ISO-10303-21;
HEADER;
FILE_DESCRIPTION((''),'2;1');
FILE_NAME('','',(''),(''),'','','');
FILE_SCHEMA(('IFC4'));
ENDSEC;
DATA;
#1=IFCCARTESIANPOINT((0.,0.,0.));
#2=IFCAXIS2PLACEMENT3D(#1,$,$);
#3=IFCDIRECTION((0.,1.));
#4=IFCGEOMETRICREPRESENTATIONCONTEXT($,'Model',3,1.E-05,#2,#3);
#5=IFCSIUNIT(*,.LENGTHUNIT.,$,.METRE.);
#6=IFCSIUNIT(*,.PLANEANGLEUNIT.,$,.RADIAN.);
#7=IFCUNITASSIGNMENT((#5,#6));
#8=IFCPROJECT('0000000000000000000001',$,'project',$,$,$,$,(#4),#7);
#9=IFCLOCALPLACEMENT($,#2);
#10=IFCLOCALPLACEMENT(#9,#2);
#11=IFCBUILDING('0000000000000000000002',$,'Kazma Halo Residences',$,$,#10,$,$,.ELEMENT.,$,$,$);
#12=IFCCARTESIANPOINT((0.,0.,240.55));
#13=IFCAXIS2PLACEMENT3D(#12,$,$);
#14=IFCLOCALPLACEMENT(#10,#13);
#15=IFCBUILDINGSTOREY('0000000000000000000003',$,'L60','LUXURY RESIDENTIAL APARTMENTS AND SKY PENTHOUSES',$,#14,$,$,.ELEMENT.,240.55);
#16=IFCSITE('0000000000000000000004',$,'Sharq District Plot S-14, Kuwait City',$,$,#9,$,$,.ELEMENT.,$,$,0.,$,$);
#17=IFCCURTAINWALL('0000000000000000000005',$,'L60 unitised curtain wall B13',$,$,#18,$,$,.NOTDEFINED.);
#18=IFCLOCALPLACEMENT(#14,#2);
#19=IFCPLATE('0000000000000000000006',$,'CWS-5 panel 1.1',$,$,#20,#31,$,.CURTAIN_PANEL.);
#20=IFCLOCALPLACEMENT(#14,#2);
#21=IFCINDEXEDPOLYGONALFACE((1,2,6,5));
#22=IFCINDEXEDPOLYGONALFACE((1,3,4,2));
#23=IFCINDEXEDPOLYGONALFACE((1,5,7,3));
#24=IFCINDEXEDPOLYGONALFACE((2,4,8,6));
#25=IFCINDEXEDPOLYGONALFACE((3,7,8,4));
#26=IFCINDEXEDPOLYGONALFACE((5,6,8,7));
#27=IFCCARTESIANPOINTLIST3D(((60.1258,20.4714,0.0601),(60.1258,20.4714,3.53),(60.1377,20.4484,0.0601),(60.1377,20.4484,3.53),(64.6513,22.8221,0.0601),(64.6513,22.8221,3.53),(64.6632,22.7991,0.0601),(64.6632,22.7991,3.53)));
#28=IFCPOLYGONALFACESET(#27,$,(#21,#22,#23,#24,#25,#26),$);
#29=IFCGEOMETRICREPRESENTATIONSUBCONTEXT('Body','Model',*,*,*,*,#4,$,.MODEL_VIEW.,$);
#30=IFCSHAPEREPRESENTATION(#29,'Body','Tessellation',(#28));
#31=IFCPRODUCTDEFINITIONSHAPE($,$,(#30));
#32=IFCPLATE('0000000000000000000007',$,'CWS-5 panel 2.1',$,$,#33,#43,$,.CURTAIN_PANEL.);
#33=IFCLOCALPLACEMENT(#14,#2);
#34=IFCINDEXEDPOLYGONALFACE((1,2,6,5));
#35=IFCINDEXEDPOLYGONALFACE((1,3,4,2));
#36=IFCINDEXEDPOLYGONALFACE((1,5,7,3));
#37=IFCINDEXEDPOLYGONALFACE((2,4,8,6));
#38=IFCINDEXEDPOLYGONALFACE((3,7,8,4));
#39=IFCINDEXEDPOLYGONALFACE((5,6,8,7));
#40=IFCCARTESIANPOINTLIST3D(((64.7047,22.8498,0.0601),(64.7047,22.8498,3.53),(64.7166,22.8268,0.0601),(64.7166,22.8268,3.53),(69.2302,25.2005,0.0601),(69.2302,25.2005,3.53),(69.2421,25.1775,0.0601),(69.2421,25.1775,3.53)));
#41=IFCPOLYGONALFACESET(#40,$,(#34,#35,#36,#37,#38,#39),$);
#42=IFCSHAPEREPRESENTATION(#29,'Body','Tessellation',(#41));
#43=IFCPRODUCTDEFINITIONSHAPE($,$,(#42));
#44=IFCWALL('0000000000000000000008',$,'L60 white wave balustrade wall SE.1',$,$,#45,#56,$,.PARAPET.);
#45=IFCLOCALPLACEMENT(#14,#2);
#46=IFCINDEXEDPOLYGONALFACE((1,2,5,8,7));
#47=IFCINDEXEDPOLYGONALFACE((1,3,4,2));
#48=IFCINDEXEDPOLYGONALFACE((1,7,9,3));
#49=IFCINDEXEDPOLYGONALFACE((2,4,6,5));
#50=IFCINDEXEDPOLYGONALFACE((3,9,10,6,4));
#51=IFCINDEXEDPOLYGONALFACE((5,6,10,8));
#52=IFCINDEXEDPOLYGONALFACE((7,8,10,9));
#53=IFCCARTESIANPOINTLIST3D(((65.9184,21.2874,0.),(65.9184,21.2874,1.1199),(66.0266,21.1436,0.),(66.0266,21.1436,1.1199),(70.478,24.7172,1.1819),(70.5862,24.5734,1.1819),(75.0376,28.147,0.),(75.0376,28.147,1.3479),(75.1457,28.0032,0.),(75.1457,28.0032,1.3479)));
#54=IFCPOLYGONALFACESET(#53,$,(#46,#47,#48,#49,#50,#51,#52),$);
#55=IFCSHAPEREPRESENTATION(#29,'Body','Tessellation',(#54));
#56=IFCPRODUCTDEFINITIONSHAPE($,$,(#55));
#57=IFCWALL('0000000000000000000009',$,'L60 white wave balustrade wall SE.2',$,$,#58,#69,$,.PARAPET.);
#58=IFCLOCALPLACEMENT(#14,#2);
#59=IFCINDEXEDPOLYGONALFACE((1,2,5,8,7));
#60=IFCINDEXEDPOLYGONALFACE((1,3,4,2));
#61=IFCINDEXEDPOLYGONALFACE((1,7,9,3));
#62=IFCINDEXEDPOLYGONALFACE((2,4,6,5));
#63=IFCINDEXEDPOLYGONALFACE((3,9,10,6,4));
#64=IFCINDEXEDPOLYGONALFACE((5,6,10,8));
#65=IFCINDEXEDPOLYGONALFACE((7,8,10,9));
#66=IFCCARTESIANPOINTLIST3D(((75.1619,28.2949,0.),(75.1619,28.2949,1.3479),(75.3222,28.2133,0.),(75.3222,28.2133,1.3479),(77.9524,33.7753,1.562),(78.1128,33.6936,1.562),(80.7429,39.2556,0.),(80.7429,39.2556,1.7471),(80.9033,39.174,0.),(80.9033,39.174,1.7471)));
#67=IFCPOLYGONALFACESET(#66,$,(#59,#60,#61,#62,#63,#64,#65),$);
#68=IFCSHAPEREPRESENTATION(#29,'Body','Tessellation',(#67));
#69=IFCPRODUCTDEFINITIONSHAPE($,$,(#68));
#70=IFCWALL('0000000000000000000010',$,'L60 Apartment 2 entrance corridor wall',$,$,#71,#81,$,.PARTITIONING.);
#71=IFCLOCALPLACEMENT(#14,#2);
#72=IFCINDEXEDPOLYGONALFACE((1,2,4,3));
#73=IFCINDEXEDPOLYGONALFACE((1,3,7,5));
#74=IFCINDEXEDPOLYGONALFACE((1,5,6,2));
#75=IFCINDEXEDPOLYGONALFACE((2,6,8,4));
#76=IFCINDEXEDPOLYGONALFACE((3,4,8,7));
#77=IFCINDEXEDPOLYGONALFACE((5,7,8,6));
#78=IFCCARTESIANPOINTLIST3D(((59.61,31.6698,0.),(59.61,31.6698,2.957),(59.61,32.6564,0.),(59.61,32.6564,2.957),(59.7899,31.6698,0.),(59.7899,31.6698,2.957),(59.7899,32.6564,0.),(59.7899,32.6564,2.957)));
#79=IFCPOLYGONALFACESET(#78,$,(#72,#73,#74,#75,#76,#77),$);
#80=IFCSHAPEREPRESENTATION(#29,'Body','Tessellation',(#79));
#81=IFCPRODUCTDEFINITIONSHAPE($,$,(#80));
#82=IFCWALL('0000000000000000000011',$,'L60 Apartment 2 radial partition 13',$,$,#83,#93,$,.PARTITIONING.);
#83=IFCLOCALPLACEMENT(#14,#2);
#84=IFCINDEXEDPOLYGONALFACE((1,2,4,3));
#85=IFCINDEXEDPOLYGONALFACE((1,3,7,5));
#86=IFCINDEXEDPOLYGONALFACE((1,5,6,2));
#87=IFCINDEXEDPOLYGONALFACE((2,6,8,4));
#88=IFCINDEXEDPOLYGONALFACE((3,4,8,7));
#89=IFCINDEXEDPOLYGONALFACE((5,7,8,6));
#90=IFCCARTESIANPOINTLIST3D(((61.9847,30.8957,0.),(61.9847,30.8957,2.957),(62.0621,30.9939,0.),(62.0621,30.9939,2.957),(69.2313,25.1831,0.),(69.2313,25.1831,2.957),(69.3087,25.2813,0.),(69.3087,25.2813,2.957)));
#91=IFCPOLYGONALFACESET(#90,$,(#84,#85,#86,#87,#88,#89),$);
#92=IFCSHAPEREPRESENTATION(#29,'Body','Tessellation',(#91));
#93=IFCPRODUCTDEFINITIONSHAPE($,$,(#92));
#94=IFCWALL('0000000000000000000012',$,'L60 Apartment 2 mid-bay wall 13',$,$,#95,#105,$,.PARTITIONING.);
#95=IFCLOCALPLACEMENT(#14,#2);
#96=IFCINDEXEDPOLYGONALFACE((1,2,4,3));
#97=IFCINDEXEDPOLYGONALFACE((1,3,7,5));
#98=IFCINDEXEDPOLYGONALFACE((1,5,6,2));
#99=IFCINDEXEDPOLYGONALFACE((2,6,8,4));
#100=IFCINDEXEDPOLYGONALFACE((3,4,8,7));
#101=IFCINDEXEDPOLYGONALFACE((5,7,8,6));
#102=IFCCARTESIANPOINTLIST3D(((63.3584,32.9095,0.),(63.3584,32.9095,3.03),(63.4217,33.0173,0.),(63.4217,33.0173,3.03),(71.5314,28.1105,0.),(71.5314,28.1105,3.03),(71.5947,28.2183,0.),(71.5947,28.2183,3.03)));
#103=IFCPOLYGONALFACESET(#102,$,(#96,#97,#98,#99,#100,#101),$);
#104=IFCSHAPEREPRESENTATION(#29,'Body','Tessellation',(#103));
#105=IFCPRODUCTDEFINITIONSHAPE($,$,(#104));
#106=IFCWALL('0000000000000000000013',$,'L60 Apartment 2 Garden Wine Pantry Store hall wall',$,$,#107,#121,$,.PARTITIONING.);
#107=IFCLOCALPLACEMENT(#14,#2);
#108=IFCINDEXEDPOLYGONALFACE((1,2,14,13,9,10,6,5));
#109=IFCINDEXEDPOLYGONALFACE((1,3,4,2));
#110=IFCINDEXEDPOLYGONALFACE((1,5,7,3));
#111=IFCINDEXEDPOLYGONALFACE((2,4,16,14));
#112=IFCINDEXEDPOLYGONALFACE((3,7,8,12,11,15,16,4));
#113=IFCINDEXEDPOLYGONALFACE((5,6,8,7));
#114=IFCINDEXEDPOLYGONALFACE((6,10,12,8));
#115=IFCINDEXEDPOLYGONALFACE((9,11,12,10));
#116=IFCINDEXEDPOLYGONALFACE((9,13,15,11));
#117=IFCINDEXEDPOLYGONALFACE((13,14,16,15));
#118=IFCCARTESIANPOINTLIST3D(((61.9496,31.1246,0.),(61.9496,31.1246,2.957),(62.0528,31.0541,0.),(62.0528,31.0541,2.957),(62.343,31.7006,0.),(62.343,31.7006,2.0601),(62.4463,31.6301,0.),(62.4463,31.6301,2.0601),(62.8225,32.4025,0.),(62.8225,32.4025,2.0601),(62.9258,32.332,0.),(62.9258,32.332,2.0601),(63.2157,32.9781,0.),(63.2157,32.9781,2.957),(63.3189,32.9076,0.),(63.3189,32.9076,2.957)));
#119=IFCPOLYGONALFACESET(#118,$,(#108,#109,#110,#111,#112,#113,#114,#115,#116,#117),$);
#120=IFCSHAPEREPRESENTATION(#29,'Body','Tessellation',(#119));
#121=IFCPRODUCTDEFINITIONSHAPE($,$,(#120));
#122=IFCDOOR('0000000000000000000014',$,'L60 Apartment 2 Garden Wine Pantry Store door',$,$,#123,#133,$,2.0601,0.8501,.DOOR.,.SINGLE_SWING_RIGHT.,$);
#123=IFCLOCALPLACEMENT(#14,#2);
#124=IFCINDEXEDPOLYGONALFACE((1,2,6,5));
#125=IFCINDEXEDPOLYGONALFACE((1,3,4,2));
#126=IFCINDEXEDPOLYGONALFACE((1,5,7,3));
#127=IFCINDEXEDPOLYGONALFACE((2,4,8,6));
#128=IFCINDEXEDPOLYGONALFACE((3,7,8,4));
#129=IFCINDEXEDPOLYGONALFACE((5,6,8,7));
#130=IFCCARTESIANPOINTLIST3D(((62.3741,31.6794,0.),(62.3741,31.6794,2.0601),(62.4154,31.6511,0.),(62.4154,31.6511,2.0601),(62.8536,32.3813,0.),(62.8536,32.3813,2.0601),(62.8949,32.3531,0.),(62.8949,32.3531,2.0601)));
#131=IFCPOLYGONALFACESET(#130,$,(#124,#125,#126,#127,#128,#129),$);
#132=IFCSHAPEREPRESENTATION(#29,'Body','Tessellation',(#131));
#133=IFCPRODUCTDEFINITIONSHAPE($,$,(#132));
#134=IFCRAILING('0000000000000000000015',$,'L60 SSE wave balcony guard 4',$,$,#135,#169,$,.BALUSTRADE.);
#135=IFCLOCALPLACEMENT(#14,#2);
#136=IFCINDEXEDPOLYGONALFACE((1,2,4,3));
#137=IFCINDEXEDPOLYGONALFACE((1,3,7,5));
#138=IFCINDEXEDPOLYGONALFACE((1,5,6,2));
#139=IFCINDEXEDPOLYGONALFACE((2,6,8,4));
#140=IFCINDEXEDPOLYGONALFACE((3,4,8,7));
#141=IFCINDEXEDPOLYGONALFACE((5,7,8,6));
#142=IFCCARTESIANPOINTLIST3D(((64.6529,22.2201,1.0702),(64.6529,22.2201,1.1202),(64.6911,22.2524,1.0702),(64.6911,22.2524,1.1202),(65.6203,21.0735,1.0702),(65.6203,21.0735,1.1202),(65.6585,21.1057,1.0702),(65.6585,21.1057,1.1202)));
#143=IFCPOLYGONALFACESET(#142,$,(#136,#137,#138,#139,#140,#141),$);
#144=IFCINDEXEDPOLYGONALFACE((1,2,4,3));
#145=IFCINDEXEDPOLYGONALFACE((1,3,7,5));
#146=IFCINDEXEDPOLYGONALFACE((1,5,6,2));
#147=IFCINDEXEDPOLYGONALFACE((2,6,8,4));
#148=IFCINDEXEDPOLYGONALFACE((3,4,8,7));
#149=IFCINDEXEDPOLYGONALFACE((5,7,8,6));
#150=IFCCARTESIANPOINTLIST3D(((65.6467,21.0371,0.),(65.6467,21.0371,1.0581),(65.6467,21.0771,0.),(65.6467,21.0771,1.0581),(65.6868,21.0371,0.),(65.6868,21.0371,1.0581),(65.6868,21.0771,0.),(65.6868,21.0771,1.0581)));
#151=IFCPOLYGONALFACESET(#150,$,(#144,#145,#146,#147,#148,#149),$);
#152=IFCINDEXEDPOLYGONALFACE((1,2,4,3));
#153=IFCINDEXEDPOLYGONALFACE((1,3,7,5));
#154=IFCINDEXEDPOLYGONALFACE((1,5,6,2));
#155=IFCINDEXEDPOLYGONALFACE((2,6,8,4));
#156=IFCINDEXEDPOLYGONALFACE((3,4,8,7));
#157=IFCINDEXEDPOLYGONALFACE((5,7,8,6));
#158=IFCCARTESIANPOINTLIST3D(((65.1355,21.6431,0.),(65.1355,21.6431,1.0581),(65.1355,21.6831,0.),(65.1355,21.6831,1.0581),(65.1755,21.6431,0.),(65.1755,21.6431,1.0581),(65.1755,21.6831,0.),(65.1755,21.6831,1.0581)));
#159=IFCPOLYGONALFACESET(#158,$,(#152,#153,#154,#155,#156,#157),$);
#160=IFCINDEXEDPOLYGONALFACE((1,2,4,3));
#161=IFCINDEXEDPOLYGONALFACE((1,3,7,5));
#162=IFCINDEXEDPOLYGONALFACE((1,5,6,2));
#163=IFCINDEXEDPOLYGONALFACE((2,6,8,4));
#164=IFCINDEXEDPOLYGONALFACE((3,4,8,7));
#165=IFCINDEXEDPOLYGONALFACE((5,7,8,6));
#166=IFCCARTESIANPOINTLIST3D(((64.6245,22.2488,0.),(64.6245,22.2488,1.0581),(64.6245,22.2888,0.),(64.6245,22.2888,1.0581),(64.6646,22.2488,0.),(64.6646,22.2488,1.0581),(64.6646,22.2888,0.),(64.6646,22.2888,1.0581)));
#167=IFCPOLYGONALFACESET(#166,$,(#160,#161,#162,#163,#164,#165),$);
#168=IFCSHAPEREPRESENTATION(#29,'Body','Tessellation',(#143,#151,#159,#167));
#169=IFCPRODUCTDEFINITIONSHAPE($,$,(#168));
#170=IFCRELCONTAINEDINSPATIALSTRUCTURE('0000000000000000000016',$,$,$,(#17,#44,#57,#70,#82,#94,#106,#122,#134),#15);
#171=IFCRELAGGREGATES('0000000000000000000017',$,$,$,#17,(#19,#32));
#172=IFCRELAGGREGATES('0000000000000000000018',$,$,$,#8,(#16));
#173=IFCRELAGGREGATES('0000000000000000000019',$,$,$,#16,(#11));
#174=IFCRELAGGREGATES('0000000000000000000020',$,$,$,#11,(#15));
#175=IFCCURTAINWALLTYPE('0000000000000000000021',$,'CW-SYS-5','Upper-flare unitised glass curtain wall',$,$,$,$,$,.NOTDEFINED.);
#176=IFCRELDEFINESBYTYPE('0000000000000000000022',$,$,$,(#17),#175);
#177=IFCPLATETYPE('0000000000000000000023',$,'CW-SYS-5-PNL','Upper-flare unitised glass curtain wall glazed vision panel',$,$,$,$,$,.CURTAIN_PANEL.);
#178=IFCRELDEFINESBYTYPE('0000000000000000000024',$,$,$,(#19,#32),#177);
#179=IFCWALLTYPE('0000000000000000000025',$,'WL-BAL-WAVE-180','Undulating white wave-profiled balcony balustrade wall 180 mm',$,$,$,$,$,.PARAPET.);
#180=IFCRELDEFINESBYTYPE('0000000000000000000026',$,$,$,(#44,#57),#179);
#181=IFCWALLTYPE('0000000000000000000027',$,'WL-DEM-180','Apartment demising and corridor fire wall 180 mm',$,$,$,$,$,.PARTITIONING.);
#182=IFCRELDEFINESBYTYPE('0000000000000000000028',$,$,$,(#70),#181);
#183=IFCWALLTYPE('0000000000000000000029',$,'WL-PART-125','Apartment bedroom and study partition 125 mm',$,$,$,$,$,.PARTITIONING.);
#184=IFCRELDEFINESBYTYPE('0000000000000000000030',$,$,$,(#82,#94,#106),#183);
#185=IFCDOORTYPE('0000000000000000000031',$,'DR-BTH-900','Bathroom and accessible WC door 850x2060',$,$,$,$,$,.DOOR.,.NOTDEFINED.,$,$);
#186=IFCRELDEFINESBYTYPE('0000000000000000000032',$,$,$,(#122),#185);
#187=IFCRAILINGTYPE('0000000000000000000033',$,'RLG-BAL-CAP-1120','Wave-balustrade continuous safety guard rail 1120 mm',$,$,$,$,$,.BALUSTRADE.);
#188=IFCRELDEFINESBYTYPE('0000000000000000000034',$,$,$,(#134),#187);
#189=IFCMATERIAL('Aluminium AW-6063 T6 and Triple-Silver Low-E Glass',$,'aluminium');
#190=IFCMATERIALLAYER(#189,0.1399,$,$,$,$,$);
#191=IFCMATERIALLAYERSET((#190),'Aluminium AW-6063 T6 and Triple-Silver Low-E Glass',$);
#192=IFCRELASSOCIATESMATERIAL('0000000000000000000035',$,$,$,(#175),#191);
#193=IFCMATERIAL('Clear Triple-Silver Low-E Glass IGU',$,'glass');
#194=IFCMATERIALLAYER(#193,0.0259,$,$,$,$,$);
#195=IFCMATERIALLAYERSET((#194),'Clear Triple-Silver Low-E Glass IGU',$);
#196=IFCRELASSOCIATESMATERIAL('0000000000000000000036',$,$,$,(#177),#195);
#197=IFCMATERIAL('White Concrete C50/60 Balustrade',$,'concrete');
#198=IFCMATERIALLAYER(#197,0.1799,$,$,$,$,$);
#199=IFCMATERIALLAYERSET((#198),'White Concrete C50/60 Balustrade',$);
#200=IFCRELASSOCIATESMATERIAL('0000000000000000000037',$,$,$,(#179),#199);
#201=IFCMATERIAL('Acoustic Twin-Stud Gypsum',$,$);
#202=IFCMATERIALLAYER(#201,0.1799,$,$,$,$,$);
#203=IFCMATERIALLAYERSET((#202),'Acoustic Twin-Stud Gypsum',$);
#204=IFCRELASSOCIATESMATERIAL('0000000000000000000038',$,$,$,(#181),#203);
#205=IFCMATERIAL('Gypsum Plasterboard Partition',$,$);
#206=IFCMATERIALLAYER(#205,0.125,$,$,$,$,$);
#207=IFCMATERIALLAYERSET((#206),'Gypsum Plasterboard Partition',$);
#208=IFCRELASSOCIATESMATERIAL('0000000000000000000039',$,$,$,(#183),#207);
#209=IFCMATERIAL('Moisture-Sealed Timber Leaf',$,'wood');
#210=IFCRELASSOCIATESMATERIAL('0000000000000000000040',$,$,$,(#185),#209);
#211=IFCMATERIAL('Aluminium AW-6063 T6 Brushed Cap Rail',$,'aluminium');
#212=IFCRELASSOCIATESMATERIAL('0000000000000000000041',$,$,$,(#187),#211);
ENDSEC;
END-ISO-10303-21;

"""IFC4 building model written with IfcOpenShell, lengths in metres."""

from ifc_helpers import new_model, si_unit, direction, frame, frame_2d, origin, origin_2d, place, context, subcontext, project, spatial, polyline, rectangle, outline, extrude, material, layer, layer_set, type_object, element, fill, aggregate, save


model = new_model("IFC4")

# Units and contexts
model_context = context("Model", 3, precision=1e-05, world=origin(), true_north=direction((0.0, 1.0)))
body_context = subcontext(model_context, "Body", "Model", "MODEL_VIEW")
ifc_project = project(units=[si_unit("LENGTHUNIT", "METRE"), si_unit("PLANEANGLEUNIT", "RADIAN")], contexts=[model_context])

# Site, building, storey
site_placement = place(None, origin())
site = spatial("IfcSite", under=ifc_project, at=site_placement, Name="Sharq District Plot S-14, Kuwait City", CompositionType="ELEMENT", RefElevation=0.0)
building_placement = place(site_placement, origin())
building = spatial("IfcBuilding", under=site, at=building_placement, Name="Kazma Halo Residences", CompositionType="ELEMENT")
storey_placement = place(building_placement, frame((0.0, 0.0, 240.55)))
storey = spatial("IfcBuildingStorey", under=building, at=storey_placement, Name="L60", Description="LUXURY RESIDENTIAL APARTMENTS AND SKY PENTHOUSES", CompositionType="ELEMENT", Elevation=240.55)

# Curtain wall, plates
ifc_material_1 = material(Name="Aluminium AW-6063 T6 and Triple-Silver Low-E Glass", Category="aluminium")
ifc_layer_1 = layer(ifc_material_1, 0.1399)
ifc_layer_set_1 = layer_set([ifc_layer_1], Name="Aluminium AW-6063 T6 and Triple-Silver Low-E Glass")
curtain_wall_type = type_object("IfcCurtainWallType", Name="CW-SYS-5", Description="Upper-flare unitised glass curtain wall", PredefinedType="NOTDEFINED", material=ifc_layer_set_1)
curtain_wall_placement = place(storey_placement, origin())
curtain_wall = element("IfcCurtainWall", 1, at=curtain_wall_placement, inside=storey, type_object=curtain_wall_type, Name="L60 unitised curtain wall B13", PredefinedType="NOTDEFINED")
ifc_material_2 = material(Name="Clear Triple-Silver Low-E Glass IGU", Category="glass")
ifc_layer_2 = layer(ifc_material_2, 0.0259)
ifc_layer_set_2 = layer_set([ifc_layer_2], Name="Clear Triple-Silver Low-E Glass IGU")
plate_type = type_object("IfcPlateType", Name="CW-SYS-5-PNL", Description="Upper-flare unitised glass curtain wall glazed vision panel", PredefinedType="CURTAIN_PANEL", material=ifc_layer_set_2)
plate_1_placement = place(storey_placement, frame((62.3945, 21.6353, 0.0601), z_axis=(0.0, 0.0, 1.0), x_axis=(0.887421, 0.460961, 0.0)))
plate_1 = element("IfcPlate", 2, at=plate_1_placement, type_object=plate_type, Name="CWS-5 panel 1.1", PredefinedType="CURTAIN_PANEL", context=body_context, shape_type="SweptSolid", body=[
    extrude(rectangle(XDim=5.0996, YDim=0.0259, at=origin_2d()), origin(), (0.0, 0.0, 1.0), 3.47),
])
plate_2_placement = place(storey_placement, frame((66.9734, 24.0137, 0.0601), z_axis=(0.0, 0.0, 1.0), x_axis=(0.887421, 0.460961, 0.0)))
plate_2 = element("IfcPlate", 3, at=plate_2_placement, type_object=plate_type, Name="CWS-5 panel 2.1", PredefinedType="CURTAIN_PANEL", context=body_context, shape_type="SweptSolid", body=[
    extrude(rectangle(XDim=5.0996, YDim=0.0259, at=origin_2d()), origin(), (0.0, 0.0, 1.0), 3.47),
])
aggregate(curtain_wall, [plate_1, plate_2])

# Walls
ifc_material_3 = material(Name="White Concrete C50/60 Balustrade", Category="concrete")
ifc_layer_3 = layer(ifc_material_3, 0.1799)
ifc_layer_set_3 = layer_set([ifc_layer_3], Name="White Concrete C50/60 Balustrade")
wall_type_1 = type_object("IfcWallType", Name="WL-BAL-WAVE-180", Description="Undulating white wave-profiled balcony balustrade wall 180 mm", PredefinedType="PARAPET", material=ifc_layer_set_3)
wall_1_placement = place(storey_placement, frame((65.9724, 21.2156, 0.0), z_axis=(0.0, 0.0, 1.0), x_axis=(0.799147, 0.601136, 0.0)))
element("IfcWall", 4, at=wall_1_placement, inside=storey, type_object=wall_type_1, Name="L60 white wave balustrade wall SE.1", PredefinedType="PARAPET", context=body_context, shape_type="SweptSolid", body=[
    extrude(outline(polyline([(0.0, 0.0), (11.4111, 0.0), (11.4111, 1.3479), (5.7056, 1.1819), (0.0, 1.1199), (0.0, 0.0)])), frame((0.0, 0.0898, 0.0), z_axis=(0.0, -1.0, 0.0), x_axis=(1.0, 0.0, 0.0)), (0.0, 0.0, 1.0), 0.1799),
])
wall_2_placement = place(storey_placement, frame((75.2419, 28.2542, 0.0), z_axis=(0.0, 0.0, 1.0), x_axis=(0.453752, 0.891128, 0.0)))
element("IfcWall", 5, at=wall_2_placement, inside=storey, type_object=wall_type_1, Name="L60 white wave balustrade wall SE.2", PredefinedType="PARAPET", context=body_context, shape_type="SweptSolid", body=[
    extrude(outline(polyline([(0.0, 0.0), (12.2998, 0.0), (12.2998, 1.7471), (6.1499, 1.562), (0.0, 1.3479), (0.0, 0.0)])), frame((0.0, 0.0898, 0.0), z_axis=(0.0, -1.0, 0.0), x_axis=(1.0, 0.0, 0.0)), (0.0, 0.0, 1.0), 0.1799),
])
ifc_material_4 = material(Name="Acoustic Twin-Stud Gypsum")
ifc_layer_4 = layer(ifc_material_4, 0.1799)
ifc_layer_set_4 = layer_set([ifc_layer_4], Name="Acoustic Twin-Stud Gypsum")
wall_type_2 = type_object("IfcWallType", Name="WL-DEM-180", Description="Apartment demising and corridor fire wall 180 mm", PredefinedType="PARTITIONING", material=ifc_layer_set_4)
wall_3_placement = place(storey_placement, frame((59.7, 31.6699, 0.0), z_axis=(0.0, 0.0, 1.0), x_axis=(0.0, 1.0, 0.0)))
element("IfcWall", 6, at=wall_3_placement, inside=storey, type_object=wall_type_2, Name="L60 Apartment 2 entrance corridor wall", PredefinedType="PARTITIONING", context=body_context, shape_type="SweptSolid", body=[
    extrude(rectangle(XDim=0.9866, YDim=0.1799, at=frame_2d((0.4932, 0.0))), origin(), (0.0, 0.0, 1.0), 2.957),
])

# Walls
ifc_material_5 = material(Name="Gypsum Plasterboard Partition")
ifc_layer_5 = layer(ifc_material_5, 0.125)
ifc_layer_set_5 = layer_set([ifc_layer_5], Name="Gypsum Plasterboard Partition")
wall_type_3 = type_object("IfcWallType", Name="WL-PART-125", Description="Apartment bedroom and study partition 125 mm", PredefinedType="PARTITIONING", material=ifc_layer_set_5)
wall_4_placement = place(storey_placement, frame((62.0234, 30.9448, 0.0), z_axis=(0.0, 0.0, 1.0), x_axis=(0.785322, -0.619087, 0.0)))
element("IfcWall", 7, at=wall_4_placement, inside=storey, type_object=wall_type_3, Name="L60 Apartment 2 radial partition 13", PredefinedType="PARTITIONING", context=body_context, shape_type="SweptSolid", body=[
    extrude(rectangle(XDim=9.2275, YDim=0.125, at=frame_2d((4.6138, 0.0))), origin(), (0.0, 0.0, 1.0), 2.957),
])
wall_5_placement = place(storey_placement, frame((63.3901, 32.9634, 0.0), z_axis=(0.0, 0.0, 1.0), x_axis=(0.862332, -0.506343, 0.0)))
element("IfcWall", 8, at=wall_5_placement, inside=storey, type_object=wall_type_3, Name="L60 Apartment 2 mid-bay wall 13", PredefinedType="PARTITIONING", context=body_context, shape_type="SweptSolid", body=[
    extrude(rectangle(XDim=9.4778, YDim=0.125, at=frame_2d((4.7388, 0.0))), origin(), (0.0, 0.0, 1.0), 3.03),
])

# Wall, opening, door
wall_6_placement = place(storey_placement, frame((62.0012, 31.0894, 0.0), z_axis=(0.0, 0.0, 1.0), x_axis=(0.564052, 0.825739, 0.0)))
wall_6 = element("IfcWall", 9, at=wall_6_placement, inside=storey, type_object=wall_type_3, Name="L60 Apartment 2 Garden Wine Pantry Store hall wall", PredefinedType="PARTITIONING", context=body_context, shape_type="SweptSolid", body=[
    extrude(rectangle(XDim=2.2446, YDim=0.125, at=frame_2d((1.1223, 0.0))), origin(), (0.0, 0.0, 1.0), 2.957),
])
opening_1_placement = place(wall_6_placement, frame((0.6975, 0.0, 0.0)))
opening_1 = element("IfcOpeningElement", 10, at=opening_1_placement, cuts=wall_6, PredefinedType="OPENING", context=body_context, shape_type="SweptSolid", body=[
    extrude(rectangle(XDim=0.8501, YDim=2.0601, at=frame_2d((0.425, 1.03))), frame((0.0, 0.0725, 0.0), z_axis=(0.0, -1.0, 0.0), x_axis=(1.0, 0.0, 0.0)), (0.0, 0.0, 1.0), 0.145),
])
ifc_material_6 = material(Name="Moisture-Sealed Timber Leaf", Category="wood")
door_type_1 = type_object("IfcDoorType", Name="DR-BTH-900", Description="Bathroom and accessible WC door 850x2060", OperationType="NOTDEFINED", PredefinedType="DOOR", material=ifc_material_6)
door_1_placement = place(opening_1_placement, origin())
door_1 = element("IfcDoor", 11, at=door_1_placement, inside=storey, type_object=door_type_1, Name="L60 Apartment 2 Garden Wine Pantry Store door", OperationType="SINGLE_SWING_RIGHT", OverallHeight=2.0601, OverallWidth=0.8501, PredefinedType="DOOR", context=body_context, shape_type="SweptSolid", body=[
    extrude(rectangle(XDim=0.8501, YDim=2.0601, at=frame_2d((0.425, 1.03))), frame((0.0, 0.0249, 0.0), z_axis=(0.0, -1.0, 0.0), x_axis=(1.0, 0.0, 0.0)), (0.0, 0.0, 1.0), 0.05),
])
fill(opening_1, door_1)

# Railing
ifc_material_7 = material(Name="Aluminium AW-6063 T6 Brushed Cap Rail", Category="aluminium")
railing_type = type_object("IfcRailingType", Name="RLG-BAL-CAP-1120", Description="Wave-balustrade continuous safety guard rail 1120 mm", PredefinedType="BALUSTRADE", material=ifc_material_7)
railing_1_placement = place(storey_placement, frame((65.6667, 21.0571, 0.0)))
element("IfcRailing", 12, at=railing_1_placement, inside=storey, type_object=railing_type, Name="L60 SSE wave balcony guard 4", PredefinedType="BALUSTRADE", context=body_context, shape_type="SweptSolid", body=[
    extrude(rectangle(XDim=0.05, YDim=0.05, at=origin_2d()), frame((-0.0273, 0.0325, 1.0952), z_axis=(-0.644823, 0.764332, 0.0), x_axis=(-0.764332, -0.644823, 0.0)), (0.0, 0.0, 1.0), 1.5002),
    extrude(rectangle(XDim=0.04, YDim=0.04, at=origin_2d()), origin(), (0.0, 0.0, 1.0), 1.0581),
    extrude(rectangle(XDim=0.04, YDim=0.04, at=origin_2d()), frame((-0.5112, 0.606, 0.0)), (0.0, 0.0, 1.0), 1.0581),
    extrude(rectangle(XDim=0.04, YDim=0.04, at=origin_2d()), frame((-1.0222, 1.2117, 0.0)), (0.0, 0.0, 1.0), 1.0581),
])

save(model, "model.ifc")
